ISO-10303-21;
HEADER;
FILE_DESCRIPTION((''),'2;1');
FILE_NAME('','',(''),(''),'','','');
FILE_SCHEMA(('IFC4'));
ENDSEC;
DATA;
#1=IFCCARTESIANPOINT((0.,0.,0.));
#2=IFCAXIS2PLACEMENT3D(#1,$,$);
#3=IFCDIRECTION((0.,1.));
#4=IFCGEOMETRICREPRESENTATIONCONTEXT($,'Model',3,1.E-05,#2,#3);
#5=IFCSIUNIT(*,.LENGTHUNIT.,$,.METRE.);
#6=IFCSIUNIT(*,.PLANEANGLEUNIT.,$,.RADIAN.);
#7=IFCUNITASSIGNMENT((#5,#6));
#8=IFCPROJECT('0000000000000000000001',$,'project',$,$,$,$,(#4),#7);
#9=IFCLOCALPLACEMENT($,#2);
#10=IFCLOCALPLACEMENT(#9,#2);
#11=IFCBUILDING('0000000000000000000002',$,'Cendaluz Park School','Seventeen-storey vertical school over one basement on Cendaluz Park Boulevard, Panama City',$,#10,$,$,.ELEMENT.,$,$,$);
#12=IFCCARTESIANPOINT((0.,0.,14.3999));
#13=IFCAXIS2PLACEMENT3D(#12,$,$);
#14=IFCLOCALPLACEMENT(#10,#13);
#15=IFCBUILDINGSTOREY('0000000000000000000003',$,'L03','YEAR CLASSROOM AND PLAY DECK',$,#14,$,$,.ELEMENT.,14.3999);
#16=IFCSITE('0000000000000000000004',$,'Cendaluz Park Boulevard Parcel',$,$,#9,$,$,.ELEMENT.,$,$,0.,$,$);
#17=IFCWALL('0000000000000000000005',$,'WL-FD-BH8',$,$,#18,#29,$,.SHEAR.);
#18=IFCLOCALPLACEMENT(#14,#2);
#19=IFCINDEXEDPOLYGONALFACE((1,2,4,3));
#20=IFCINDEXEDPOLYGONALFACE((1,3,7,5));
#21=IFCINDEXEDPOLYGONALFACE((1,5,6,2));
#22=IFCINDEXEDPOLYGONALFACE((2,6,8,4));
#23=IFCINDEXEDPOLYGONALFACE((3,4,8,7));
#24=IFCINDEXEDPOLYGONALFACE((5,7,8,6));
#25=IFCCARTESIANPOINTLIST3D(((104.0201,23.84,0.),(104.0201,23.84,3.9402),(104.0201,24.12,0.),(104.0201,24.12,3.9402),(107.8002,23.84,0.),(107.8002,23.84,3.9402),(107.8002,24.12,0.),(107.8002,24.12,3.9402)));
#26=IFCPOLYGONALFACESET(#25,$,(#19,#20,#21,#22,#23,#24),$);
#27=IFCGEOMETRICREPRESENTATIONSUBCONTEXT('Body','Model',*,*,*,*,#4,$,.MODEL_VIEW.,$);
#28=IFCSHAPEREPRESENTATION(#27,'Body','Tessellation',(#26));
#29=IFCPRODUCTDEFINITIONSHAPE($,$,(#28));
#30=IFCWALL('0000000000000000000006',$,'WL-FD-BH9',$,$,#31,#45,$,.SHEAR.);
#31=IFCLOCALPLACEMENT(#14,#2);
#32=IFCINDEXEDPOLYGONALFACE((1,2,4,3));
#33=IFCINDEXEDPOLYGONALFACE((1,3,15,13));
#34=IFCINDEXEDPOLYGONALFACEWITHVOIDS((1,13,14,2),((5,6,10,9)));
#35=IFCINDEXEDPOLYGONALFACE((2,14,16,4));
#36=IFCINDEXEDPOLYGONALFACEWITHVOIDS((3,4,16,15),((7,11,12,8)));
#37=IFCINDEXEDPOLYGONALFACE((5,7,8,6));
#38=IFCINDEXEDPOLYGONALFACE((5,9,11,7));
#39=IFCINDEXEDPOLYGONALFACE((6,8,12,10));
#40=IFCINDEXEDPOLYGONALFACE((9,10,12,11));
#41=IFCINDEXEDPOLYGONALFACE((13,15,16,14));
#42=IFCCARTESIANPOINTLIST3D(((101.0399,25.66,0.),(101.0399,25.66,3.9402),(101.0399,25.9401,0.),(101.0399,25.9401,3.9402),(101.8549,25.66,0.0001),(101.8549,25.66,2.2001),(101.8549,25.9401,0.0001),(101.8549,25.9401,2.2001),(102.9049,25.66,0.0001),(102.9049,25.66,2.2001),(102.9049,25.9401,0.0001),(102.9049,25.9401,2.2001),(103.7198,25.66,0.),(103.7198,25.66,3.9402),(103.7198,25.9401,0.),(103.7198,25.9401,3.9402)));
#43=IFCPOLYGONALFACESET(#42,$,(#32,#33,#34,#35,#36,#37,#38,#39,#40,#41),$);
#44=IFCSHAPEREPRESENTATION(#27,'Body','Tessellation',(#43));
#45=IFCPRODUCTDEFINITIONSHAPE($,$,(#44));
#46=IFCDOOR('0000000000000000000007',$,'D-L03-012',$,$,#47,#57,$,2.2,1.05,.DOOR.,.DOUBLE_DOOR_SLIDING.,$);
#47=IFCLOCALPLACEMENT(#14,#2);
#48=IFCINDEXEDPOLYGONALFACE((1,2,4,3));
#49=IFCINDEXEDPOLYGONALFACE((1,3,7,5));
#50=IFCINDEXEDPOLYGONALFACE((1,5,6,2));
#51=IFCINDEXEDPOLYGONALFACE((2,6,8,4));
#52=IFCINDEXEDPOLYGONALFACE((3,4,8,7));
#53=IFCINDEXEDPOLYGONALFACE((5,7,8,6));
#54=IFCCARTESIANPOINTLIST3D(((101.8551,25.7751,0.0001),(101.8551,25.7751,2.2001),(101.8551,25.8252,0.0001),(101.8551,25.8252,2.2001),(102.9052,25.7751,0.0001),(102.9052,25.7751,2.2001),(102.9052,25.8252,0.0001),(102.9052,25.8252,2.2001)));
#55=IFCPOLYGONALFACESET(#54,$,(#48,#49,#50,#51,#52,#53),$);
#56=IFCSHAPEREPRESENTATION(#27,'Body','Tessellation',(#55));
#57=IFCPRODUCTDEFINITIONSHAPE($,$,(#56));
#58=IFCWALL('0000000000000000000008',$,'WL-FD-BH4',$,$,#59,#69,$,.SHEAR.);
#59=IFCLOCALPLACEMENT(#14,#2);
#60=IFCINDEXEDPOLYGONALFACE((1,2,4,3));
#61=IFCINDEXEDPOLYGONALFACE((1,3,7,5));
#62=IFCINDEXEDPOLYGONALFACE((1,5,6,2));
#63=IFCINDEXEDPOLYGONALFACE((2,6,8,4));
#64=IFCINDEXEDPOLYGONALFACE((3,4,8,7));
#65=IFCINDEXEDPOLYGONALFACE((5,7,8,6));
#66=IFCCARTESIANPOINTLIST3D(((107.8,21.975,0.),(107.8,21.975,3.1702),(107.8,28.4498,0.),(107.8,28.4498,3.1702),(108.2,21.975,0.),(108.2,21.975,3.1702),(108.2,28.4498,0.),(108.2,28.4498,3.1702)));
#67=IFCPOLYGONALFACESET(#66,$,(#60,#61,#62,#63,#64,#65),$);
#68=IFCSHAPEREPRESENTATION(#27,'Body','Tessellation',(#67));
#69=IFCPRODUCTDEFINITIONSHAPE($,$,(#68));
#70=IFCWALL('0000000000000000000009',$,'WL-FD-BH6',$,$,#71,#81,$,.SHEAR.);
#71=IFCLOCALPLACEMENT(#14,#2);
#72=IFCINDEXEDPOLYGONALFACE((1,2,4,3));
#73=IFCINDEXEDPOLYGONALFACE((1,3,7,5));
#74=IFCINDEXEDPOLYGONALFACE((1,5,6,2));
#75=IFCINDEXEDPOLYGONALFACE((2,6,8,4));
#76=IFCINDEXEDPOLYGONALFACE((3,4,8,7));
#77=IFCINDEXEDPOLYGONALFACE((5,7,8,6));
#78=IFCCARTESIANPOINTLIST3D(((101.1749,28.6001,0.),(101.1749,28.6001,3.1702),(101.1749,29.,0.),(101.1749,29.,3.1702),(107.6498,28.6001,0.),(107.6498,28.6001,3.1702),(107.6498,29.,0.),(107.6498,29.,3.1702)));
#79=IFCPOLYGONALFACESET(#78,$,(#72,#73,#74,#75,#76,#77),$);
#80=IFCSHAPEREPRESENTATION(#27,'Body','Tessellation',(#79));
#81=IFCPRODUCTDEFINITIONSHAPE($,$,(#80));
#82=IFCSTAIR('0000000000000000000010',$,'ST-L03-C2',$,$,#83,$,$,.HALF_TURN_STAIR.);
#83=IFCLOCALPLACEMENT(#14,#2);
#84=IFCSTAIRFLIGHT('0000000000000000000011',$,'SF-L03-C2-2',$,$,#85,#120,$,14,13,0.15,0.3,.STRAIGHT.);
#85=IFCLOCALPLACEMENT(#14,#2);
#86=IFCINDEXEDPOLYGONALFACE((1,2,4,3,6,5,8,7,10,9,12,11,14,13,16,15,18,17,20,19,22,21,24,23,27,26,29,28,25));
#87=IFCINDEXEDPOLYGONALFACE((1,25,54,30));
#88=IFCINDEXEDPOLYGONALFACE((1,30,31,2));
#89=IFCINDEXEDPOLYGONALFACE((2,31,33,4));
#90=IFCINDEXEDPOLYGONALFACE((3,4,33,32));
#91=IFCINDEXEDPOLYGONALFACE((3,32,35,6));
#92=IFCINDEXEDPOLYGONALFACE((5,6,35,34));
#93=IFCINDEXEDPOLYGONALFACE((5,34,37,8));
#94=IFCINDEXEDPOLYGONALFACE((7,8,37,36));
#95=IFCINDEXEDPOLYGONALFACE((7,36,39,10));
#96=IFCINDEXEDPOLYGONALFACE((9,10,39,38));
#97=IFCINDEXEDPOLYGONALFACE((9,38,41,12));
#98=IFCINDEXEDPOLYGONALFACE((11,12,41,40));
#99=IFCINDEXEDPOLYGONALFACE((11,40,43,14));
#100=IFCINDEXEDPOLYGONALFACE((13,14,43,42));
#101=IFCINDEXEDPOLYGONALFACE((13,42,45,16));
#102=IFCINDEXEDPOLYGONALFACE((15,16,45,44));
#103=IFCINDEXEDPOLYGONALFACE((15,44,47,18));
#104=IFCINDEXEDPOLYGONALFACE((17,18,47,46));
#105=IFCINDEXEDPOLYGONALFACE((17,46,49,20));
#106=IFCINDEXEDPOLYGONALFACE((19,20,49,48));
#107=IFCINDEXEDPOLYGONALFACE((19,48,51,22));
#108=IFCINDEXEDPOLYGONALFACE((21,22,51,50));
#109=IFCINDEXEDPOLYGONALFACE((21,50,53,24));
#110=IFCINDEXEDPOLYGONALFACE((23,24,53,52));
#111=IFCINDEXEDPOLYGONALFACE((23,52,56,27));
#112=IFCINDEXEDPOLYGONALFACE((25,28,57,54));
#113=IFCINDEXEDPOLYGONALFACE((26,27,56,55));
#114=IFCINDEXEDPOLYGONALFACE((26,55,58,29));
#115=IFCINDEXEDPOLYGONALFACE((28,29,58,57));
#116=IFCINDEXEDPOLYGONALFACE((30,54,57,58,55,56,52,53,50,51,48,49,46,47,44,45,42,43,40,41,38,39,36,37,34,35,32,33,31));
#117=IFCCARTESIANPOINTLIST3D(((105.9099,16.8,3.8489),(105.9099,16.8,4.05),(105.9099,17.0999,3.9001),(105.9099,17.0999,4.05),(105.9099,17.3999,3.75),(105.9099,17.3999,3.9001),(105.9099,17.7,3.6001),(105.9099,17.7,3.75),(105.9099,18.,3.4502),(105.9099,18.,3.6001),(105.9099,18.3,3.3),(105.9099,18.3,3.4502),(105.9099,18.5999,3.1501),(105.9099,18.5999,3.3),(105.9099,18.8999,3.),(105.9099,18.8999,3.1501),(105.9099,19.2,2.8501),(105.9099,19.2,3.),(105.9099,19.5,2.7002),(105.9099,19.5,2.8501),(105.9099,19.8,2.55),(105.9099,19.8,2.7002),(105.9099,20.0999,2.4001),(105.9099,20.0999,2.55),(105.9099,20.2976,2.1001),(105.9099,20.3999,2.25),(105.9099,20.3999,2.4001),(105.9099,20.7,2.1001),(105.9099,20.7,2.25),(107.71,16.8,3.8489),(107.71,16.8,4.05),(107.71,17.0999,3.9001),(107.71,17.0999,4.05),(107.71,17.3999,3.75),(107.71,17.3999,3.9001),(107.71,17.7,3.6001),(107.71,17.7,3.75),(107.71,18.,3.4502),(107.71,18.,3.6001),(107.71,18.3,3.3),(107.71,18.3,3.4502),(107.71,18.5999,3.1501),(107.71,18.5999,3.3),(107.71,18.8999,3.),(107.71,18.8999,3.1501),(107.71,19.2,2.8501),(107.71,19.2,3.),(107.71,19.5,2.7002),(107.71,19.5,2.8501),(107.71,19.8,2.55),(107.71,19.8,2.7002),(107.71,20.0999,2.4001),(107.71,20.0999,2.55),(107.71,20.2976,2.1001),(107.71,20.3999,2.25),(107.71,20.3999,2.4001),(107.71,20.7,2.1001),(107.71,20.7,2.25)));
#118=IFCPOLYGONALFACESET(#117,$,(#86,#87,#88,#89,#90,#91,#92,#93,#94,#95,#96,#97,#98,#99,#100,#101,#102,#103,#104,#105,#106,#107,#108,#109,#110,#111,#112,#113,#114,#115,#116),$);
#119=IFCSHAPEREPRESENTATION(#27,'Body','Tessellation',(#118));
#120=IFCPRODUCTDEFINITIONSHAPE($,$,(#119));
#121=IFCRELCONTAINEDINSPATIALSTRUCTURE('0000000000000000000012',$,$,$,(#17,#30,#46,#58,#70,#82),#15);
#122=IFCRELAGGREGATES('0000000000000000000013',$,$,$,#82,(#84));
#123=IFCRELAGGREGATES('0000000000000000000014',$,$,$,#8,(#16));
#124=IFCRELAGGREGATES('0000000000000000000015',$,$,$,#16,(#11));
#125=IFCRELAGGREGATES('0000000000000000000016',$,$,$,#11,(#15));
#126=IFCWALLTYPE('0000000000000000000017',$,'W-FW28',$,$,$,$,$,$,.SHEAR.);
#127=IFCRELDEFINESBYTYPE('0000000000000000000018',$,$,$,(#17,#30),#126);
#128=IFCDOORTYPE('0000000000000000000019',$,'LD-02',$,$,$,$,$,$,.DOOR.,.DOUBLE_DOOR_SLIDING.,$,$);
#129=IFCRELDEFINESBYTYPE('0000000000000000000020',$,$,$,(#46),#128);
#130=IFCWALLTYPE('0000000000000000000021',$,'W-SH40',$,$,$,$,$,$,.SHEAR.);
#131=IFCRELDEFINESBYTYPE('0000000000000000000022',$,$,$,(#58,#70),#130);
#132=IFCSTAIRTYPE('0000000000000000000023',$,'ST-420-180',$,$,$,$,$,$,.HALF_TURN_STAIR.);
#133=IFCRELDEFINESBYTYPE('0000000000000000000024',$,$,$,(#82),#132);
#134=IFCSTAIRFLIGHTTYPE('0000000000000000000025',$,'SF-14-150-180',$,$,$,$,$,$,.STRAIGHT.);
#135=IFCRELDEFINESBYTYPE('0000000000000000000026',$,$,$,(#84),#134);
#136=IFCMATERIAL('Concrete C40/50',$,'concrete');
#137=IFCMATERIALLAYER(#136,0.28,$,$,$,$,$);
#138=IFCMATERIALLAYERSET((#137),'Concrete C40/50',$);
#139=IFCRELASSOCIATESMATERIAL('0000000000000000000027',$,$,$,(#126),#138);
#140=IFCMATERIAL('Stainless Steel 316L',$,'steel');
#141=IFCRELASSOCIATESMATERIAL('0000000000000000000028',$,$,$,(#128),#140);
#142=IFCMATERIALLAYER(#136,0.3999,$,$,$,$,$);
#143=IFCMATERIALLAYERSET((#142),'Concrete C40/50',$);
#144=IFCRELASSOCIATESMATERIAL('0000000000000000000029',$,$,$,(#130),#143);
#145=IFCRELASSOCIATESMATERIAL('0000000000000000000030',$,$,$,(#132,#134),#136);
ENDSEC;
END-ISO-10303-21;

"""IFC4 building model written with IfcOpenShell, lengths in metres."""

from ifc_helpers import new_model, si_unit, direction, frame, frame_2d, origin, place, context, subcontext, project, spatial, polyline, rectangle, outline, extrude, material, layer, layer_set, type_object, element, fill, aggregate, save


model = new_model("IFC4")

# Units and contexts
model_context = context("Model", 3, precision=1e-05, world=origin(), true_north=direction((0.0, 1.0)))
body_context = subcontext(model_context, "Body", "Model", "MODEL_VIEW")
ifc_project = project(units=[si_unit("LENGTHUNIT", "METRE"), si_unit("PLANEANGLEUNIT", "RADIAN")], contexts=[model_context])

# Site, building, storey
site_placement = place(None, origin())
site = spatial("IfcSite", under=ifc_project, at=site_placement, Name="Cendaluz Park Boulevard Parcel", CompositionType="ELEMENT", RefElevation=0.0)
building_placement = place(site_placement, origin())
building = spatial("IfcBuilding", under=site, at=building_placement, Name="Cendaluz Park School", Description="Seventeen-storey vertical school over one basement on Cendaluz Park Boulevard, Panama City", CompositionType="ELEMENT")
storey_placement = place(building_placement, frame((0.0, 0.0, 14.3999)))
storey = spatial("IfcBuildingStorey", under=building, at=storey_placement, Name="L03", Description="YEAR CLASSROOM AND PLAY DECK", CompositionType="ELEMENT", Elevation=14.3999)

# Shared definitions
ifc_material_1 = material(Name="Concrete C40/50", Category="concrete")

# Wall
ifc_layer_1 = layer(ifc_material_1, 0.28)
ifc_layer_set_1 = layer_set([ifc_layer_1], Name="Concrete C40/50")
wall_type_1 = type_object("IfcWallType", Name="W-FW28", PredefinedType="SHEAR", material=ifc_layer_set_1)
wall_1_placement = place(storey_placement, frame((104.02, 23.98, 0.0), z_axis=(0.0, 0.0, 1.0), x_axis=(1.0, 0.0, 0.0)))
element("IfcWall", 1, at=wall_1_placement, inside=storey, type_object=wall_type_1, Name="WL-FD-BH8", PredefinedType="SHEAR", context=body_context, shape_type="SweptSolid", body=[
    extrude(rectangle(XDim=3.78, YDim=0.28, at=frame_2d((1.8901, 0.0))), origin(), (0.0, 0.0, 1.0), 3.9402),
])

# Wall, opening, door
wall_2_placement = place(storey_placement, frame((101.04, 25.8, 0.0), z_axis=(0.0, 0.0, 1.0), x_axis=(1.0, 0.0, 0.0)))
wall_2 = element("IfcWall", 2, at=wall_2_placement, inside=storey, type_object=wall_type_1, Name="WL-FD-BH9", PredefinedType="SHEAR", context=body_context, shape_type="SweptSolid", body=[
    extrude(rectangle(XDim=2.6799, YDim=0.28, at=frame_2d((1.3398, 0.0))), origin(), (0.0, 0.0, 1.0), 3.9402),
])
opening_1_placement = place(wall_2_placement, frame((0.8149, 0.0, 0.0)))
opening_1 = element("IfcOpeningElement", 3, at=opening_1_placement, cuts=wall_2, PredefinedType="OPENING", context=body_context, shape_type="SweptSolid", body=[
    extrude(rectangle(XDim=1.05, YDim=2.2, at=frame_2d((0.5249, 1.1001))), frame((0.0, 0.1521, 0.0), z_axis=(0.0, -1.0, 0.0), x_axis=(1.0, 0.0, 0.0)), (0.0, 0.0, 1.0), 0.304),
])
ifc_material_2 = material(Name="Stainless Steel 316L", Category="steel")
door_type_1 = type_object("IfcDoorType", Name="LD-02", OperationType="DOUBLE_DOOR_SLIDING", PredefinedType="DOOR", material=ifc_material_2)
door_1_placement = place(opening_1_placement, frame((1.05, 0.0, 0.0), z_axis=(0.0, 0.0, 1.0), x_axis=(-1.0, 0.0, 0.0)))
door_1 = element("IfcDoor", 4, at=door_1_placement, inside=storey, type_object=door_type_1, Name="D-L03-012", OperationType="DOUBLE_DOOR_SLIDING", OverallHeight=2.2, OverallWidth=1.05, PredefinedType="DOOR", context=body_context, shape_type="SweptSolid", body=[
    extrude(rectangle(XDim=1.05, YDim=2.2, at=frame_2d((0.5249, 1.1001))), frame((0.0, 0.0249, 0.0), z_axis=(0.0, -1.0, 0.0), x_axis=(1.0, 0.0, 0.0)), (0.0, 0.0, 1.0), 0.05),
])
fill(opening_1, door_1)

# Walls
ifc_layer_2 = layer(ifc_material_1, 0.3999)
ifc_layer_set_2 = layer_set([ifc_layer_2], Name="Concrete C40/50")
wall_type_2 = type_object("IfcWallType", Name="W-SH40", PredefinedType="SHEAR", material=ifc_layer_set_2)
for number, where, z_axis, x_axis, name in (
    (5, (108.0, 21.9751, 0.0), (0.0, 0.0, 1.0), (0.0, 1.0, 0.0), "WL-FD-BH4"),
    (6, (101.175, 28.8, 0.0), (0.0, 0.0, 1.0), (1.0, 0.0, 0.0), "WL-FD-BH6"),
):
    element("IfcWall", number, at=place(storey_placement, frame(where, z_axis=z_axis, x_axis=x_axis)), inside=storey, type_object=wall_type_2, Name=name, PredefinedType="SHEAR", context=body_context, shape_type="SweptSolid", body=[
        extrude(rectangle(XDim=6.4749, YDim=0.3999, at=frame_2d((3.2373, 0.0))), origin(), (0.0, 0.0, 1.0), 3.1702),
    ])

# Stair, stair flight
stair_type = type_object("IfcStairType", Name="ST-420-180", PredefinedType="HALF_TURN_STAIR", material=ifc_material_1)
stair_placement = place(storey_placement, origin())
stair = element("IfcStair", 7, at=stair_placement, inside=storey, type_object=stair_type, Name="ST-L03-C2", PredefinedType="HALF_TURN_STAIR")
stair_flight_type = type_object("IfcStairFlightType", Name="SF-14-150-180", PredefinedType="STRAIGHT", material=ifc_material_1)
stair_flight_placement = place(storey_placement, frame((106.8101, 20.7, 2.1001), z_axis=(0.0, 0.0, 1.0), x_axis=(0.0, -1.0, 0.0)))
stair_flight = element("IfcStairFlight", 8, at=stair_flight_placement, type_object=stair_flight_type, Name="SF-L03-C2-2", NumberOfRisers=14, NumberOfTreads=13, PredefinedType="STRAIGHT", RiserHeight=0.15, TreadLength=0.3, context=body_context, shape_type="SweptSolid", body=[
    extrude(outline(polyline([(0.0, 0.0), (0.0, 0.1499), (0.3, 0.1499), (0.3, 0.3), (0.6001, 0.3), (0.6001, 0.45), (0.8999, 0.45), (0.8999, 0.6001), (1.2, 0.6001), (1.2, 0.75), (1.5, 0.75), (1.5, 0.8999), (1.8, 0.8999), (1.8, 1.05), (2.1001, 1.05), (2.1001, 1.2), (2.3999, 1.2), (2.3999, 1.3501), (2.7, 1.3501), (2.7, 1.5), (3.0, 1.5), (3.0, 1.6499), (3.3, 1.6499), (3.3, 1.8), (3.6001, 1.8), (3.6001, 1.95), (3.8999, 1.95), (3.8999, 2.1001), (3.8999, 1.7488), (0.4023, 0.0), (0.0, 0.0)])), frame((0.0, 0.8999, 0.0), z_axis=(0.0, -1.0, 0.0), x_axis=(1.0, 0.0, 0.0)), (0.0, 0.0, 1.0), 1.8),
])
aggregate(stair, [stair_flight])

save(model, "model.ifc")
